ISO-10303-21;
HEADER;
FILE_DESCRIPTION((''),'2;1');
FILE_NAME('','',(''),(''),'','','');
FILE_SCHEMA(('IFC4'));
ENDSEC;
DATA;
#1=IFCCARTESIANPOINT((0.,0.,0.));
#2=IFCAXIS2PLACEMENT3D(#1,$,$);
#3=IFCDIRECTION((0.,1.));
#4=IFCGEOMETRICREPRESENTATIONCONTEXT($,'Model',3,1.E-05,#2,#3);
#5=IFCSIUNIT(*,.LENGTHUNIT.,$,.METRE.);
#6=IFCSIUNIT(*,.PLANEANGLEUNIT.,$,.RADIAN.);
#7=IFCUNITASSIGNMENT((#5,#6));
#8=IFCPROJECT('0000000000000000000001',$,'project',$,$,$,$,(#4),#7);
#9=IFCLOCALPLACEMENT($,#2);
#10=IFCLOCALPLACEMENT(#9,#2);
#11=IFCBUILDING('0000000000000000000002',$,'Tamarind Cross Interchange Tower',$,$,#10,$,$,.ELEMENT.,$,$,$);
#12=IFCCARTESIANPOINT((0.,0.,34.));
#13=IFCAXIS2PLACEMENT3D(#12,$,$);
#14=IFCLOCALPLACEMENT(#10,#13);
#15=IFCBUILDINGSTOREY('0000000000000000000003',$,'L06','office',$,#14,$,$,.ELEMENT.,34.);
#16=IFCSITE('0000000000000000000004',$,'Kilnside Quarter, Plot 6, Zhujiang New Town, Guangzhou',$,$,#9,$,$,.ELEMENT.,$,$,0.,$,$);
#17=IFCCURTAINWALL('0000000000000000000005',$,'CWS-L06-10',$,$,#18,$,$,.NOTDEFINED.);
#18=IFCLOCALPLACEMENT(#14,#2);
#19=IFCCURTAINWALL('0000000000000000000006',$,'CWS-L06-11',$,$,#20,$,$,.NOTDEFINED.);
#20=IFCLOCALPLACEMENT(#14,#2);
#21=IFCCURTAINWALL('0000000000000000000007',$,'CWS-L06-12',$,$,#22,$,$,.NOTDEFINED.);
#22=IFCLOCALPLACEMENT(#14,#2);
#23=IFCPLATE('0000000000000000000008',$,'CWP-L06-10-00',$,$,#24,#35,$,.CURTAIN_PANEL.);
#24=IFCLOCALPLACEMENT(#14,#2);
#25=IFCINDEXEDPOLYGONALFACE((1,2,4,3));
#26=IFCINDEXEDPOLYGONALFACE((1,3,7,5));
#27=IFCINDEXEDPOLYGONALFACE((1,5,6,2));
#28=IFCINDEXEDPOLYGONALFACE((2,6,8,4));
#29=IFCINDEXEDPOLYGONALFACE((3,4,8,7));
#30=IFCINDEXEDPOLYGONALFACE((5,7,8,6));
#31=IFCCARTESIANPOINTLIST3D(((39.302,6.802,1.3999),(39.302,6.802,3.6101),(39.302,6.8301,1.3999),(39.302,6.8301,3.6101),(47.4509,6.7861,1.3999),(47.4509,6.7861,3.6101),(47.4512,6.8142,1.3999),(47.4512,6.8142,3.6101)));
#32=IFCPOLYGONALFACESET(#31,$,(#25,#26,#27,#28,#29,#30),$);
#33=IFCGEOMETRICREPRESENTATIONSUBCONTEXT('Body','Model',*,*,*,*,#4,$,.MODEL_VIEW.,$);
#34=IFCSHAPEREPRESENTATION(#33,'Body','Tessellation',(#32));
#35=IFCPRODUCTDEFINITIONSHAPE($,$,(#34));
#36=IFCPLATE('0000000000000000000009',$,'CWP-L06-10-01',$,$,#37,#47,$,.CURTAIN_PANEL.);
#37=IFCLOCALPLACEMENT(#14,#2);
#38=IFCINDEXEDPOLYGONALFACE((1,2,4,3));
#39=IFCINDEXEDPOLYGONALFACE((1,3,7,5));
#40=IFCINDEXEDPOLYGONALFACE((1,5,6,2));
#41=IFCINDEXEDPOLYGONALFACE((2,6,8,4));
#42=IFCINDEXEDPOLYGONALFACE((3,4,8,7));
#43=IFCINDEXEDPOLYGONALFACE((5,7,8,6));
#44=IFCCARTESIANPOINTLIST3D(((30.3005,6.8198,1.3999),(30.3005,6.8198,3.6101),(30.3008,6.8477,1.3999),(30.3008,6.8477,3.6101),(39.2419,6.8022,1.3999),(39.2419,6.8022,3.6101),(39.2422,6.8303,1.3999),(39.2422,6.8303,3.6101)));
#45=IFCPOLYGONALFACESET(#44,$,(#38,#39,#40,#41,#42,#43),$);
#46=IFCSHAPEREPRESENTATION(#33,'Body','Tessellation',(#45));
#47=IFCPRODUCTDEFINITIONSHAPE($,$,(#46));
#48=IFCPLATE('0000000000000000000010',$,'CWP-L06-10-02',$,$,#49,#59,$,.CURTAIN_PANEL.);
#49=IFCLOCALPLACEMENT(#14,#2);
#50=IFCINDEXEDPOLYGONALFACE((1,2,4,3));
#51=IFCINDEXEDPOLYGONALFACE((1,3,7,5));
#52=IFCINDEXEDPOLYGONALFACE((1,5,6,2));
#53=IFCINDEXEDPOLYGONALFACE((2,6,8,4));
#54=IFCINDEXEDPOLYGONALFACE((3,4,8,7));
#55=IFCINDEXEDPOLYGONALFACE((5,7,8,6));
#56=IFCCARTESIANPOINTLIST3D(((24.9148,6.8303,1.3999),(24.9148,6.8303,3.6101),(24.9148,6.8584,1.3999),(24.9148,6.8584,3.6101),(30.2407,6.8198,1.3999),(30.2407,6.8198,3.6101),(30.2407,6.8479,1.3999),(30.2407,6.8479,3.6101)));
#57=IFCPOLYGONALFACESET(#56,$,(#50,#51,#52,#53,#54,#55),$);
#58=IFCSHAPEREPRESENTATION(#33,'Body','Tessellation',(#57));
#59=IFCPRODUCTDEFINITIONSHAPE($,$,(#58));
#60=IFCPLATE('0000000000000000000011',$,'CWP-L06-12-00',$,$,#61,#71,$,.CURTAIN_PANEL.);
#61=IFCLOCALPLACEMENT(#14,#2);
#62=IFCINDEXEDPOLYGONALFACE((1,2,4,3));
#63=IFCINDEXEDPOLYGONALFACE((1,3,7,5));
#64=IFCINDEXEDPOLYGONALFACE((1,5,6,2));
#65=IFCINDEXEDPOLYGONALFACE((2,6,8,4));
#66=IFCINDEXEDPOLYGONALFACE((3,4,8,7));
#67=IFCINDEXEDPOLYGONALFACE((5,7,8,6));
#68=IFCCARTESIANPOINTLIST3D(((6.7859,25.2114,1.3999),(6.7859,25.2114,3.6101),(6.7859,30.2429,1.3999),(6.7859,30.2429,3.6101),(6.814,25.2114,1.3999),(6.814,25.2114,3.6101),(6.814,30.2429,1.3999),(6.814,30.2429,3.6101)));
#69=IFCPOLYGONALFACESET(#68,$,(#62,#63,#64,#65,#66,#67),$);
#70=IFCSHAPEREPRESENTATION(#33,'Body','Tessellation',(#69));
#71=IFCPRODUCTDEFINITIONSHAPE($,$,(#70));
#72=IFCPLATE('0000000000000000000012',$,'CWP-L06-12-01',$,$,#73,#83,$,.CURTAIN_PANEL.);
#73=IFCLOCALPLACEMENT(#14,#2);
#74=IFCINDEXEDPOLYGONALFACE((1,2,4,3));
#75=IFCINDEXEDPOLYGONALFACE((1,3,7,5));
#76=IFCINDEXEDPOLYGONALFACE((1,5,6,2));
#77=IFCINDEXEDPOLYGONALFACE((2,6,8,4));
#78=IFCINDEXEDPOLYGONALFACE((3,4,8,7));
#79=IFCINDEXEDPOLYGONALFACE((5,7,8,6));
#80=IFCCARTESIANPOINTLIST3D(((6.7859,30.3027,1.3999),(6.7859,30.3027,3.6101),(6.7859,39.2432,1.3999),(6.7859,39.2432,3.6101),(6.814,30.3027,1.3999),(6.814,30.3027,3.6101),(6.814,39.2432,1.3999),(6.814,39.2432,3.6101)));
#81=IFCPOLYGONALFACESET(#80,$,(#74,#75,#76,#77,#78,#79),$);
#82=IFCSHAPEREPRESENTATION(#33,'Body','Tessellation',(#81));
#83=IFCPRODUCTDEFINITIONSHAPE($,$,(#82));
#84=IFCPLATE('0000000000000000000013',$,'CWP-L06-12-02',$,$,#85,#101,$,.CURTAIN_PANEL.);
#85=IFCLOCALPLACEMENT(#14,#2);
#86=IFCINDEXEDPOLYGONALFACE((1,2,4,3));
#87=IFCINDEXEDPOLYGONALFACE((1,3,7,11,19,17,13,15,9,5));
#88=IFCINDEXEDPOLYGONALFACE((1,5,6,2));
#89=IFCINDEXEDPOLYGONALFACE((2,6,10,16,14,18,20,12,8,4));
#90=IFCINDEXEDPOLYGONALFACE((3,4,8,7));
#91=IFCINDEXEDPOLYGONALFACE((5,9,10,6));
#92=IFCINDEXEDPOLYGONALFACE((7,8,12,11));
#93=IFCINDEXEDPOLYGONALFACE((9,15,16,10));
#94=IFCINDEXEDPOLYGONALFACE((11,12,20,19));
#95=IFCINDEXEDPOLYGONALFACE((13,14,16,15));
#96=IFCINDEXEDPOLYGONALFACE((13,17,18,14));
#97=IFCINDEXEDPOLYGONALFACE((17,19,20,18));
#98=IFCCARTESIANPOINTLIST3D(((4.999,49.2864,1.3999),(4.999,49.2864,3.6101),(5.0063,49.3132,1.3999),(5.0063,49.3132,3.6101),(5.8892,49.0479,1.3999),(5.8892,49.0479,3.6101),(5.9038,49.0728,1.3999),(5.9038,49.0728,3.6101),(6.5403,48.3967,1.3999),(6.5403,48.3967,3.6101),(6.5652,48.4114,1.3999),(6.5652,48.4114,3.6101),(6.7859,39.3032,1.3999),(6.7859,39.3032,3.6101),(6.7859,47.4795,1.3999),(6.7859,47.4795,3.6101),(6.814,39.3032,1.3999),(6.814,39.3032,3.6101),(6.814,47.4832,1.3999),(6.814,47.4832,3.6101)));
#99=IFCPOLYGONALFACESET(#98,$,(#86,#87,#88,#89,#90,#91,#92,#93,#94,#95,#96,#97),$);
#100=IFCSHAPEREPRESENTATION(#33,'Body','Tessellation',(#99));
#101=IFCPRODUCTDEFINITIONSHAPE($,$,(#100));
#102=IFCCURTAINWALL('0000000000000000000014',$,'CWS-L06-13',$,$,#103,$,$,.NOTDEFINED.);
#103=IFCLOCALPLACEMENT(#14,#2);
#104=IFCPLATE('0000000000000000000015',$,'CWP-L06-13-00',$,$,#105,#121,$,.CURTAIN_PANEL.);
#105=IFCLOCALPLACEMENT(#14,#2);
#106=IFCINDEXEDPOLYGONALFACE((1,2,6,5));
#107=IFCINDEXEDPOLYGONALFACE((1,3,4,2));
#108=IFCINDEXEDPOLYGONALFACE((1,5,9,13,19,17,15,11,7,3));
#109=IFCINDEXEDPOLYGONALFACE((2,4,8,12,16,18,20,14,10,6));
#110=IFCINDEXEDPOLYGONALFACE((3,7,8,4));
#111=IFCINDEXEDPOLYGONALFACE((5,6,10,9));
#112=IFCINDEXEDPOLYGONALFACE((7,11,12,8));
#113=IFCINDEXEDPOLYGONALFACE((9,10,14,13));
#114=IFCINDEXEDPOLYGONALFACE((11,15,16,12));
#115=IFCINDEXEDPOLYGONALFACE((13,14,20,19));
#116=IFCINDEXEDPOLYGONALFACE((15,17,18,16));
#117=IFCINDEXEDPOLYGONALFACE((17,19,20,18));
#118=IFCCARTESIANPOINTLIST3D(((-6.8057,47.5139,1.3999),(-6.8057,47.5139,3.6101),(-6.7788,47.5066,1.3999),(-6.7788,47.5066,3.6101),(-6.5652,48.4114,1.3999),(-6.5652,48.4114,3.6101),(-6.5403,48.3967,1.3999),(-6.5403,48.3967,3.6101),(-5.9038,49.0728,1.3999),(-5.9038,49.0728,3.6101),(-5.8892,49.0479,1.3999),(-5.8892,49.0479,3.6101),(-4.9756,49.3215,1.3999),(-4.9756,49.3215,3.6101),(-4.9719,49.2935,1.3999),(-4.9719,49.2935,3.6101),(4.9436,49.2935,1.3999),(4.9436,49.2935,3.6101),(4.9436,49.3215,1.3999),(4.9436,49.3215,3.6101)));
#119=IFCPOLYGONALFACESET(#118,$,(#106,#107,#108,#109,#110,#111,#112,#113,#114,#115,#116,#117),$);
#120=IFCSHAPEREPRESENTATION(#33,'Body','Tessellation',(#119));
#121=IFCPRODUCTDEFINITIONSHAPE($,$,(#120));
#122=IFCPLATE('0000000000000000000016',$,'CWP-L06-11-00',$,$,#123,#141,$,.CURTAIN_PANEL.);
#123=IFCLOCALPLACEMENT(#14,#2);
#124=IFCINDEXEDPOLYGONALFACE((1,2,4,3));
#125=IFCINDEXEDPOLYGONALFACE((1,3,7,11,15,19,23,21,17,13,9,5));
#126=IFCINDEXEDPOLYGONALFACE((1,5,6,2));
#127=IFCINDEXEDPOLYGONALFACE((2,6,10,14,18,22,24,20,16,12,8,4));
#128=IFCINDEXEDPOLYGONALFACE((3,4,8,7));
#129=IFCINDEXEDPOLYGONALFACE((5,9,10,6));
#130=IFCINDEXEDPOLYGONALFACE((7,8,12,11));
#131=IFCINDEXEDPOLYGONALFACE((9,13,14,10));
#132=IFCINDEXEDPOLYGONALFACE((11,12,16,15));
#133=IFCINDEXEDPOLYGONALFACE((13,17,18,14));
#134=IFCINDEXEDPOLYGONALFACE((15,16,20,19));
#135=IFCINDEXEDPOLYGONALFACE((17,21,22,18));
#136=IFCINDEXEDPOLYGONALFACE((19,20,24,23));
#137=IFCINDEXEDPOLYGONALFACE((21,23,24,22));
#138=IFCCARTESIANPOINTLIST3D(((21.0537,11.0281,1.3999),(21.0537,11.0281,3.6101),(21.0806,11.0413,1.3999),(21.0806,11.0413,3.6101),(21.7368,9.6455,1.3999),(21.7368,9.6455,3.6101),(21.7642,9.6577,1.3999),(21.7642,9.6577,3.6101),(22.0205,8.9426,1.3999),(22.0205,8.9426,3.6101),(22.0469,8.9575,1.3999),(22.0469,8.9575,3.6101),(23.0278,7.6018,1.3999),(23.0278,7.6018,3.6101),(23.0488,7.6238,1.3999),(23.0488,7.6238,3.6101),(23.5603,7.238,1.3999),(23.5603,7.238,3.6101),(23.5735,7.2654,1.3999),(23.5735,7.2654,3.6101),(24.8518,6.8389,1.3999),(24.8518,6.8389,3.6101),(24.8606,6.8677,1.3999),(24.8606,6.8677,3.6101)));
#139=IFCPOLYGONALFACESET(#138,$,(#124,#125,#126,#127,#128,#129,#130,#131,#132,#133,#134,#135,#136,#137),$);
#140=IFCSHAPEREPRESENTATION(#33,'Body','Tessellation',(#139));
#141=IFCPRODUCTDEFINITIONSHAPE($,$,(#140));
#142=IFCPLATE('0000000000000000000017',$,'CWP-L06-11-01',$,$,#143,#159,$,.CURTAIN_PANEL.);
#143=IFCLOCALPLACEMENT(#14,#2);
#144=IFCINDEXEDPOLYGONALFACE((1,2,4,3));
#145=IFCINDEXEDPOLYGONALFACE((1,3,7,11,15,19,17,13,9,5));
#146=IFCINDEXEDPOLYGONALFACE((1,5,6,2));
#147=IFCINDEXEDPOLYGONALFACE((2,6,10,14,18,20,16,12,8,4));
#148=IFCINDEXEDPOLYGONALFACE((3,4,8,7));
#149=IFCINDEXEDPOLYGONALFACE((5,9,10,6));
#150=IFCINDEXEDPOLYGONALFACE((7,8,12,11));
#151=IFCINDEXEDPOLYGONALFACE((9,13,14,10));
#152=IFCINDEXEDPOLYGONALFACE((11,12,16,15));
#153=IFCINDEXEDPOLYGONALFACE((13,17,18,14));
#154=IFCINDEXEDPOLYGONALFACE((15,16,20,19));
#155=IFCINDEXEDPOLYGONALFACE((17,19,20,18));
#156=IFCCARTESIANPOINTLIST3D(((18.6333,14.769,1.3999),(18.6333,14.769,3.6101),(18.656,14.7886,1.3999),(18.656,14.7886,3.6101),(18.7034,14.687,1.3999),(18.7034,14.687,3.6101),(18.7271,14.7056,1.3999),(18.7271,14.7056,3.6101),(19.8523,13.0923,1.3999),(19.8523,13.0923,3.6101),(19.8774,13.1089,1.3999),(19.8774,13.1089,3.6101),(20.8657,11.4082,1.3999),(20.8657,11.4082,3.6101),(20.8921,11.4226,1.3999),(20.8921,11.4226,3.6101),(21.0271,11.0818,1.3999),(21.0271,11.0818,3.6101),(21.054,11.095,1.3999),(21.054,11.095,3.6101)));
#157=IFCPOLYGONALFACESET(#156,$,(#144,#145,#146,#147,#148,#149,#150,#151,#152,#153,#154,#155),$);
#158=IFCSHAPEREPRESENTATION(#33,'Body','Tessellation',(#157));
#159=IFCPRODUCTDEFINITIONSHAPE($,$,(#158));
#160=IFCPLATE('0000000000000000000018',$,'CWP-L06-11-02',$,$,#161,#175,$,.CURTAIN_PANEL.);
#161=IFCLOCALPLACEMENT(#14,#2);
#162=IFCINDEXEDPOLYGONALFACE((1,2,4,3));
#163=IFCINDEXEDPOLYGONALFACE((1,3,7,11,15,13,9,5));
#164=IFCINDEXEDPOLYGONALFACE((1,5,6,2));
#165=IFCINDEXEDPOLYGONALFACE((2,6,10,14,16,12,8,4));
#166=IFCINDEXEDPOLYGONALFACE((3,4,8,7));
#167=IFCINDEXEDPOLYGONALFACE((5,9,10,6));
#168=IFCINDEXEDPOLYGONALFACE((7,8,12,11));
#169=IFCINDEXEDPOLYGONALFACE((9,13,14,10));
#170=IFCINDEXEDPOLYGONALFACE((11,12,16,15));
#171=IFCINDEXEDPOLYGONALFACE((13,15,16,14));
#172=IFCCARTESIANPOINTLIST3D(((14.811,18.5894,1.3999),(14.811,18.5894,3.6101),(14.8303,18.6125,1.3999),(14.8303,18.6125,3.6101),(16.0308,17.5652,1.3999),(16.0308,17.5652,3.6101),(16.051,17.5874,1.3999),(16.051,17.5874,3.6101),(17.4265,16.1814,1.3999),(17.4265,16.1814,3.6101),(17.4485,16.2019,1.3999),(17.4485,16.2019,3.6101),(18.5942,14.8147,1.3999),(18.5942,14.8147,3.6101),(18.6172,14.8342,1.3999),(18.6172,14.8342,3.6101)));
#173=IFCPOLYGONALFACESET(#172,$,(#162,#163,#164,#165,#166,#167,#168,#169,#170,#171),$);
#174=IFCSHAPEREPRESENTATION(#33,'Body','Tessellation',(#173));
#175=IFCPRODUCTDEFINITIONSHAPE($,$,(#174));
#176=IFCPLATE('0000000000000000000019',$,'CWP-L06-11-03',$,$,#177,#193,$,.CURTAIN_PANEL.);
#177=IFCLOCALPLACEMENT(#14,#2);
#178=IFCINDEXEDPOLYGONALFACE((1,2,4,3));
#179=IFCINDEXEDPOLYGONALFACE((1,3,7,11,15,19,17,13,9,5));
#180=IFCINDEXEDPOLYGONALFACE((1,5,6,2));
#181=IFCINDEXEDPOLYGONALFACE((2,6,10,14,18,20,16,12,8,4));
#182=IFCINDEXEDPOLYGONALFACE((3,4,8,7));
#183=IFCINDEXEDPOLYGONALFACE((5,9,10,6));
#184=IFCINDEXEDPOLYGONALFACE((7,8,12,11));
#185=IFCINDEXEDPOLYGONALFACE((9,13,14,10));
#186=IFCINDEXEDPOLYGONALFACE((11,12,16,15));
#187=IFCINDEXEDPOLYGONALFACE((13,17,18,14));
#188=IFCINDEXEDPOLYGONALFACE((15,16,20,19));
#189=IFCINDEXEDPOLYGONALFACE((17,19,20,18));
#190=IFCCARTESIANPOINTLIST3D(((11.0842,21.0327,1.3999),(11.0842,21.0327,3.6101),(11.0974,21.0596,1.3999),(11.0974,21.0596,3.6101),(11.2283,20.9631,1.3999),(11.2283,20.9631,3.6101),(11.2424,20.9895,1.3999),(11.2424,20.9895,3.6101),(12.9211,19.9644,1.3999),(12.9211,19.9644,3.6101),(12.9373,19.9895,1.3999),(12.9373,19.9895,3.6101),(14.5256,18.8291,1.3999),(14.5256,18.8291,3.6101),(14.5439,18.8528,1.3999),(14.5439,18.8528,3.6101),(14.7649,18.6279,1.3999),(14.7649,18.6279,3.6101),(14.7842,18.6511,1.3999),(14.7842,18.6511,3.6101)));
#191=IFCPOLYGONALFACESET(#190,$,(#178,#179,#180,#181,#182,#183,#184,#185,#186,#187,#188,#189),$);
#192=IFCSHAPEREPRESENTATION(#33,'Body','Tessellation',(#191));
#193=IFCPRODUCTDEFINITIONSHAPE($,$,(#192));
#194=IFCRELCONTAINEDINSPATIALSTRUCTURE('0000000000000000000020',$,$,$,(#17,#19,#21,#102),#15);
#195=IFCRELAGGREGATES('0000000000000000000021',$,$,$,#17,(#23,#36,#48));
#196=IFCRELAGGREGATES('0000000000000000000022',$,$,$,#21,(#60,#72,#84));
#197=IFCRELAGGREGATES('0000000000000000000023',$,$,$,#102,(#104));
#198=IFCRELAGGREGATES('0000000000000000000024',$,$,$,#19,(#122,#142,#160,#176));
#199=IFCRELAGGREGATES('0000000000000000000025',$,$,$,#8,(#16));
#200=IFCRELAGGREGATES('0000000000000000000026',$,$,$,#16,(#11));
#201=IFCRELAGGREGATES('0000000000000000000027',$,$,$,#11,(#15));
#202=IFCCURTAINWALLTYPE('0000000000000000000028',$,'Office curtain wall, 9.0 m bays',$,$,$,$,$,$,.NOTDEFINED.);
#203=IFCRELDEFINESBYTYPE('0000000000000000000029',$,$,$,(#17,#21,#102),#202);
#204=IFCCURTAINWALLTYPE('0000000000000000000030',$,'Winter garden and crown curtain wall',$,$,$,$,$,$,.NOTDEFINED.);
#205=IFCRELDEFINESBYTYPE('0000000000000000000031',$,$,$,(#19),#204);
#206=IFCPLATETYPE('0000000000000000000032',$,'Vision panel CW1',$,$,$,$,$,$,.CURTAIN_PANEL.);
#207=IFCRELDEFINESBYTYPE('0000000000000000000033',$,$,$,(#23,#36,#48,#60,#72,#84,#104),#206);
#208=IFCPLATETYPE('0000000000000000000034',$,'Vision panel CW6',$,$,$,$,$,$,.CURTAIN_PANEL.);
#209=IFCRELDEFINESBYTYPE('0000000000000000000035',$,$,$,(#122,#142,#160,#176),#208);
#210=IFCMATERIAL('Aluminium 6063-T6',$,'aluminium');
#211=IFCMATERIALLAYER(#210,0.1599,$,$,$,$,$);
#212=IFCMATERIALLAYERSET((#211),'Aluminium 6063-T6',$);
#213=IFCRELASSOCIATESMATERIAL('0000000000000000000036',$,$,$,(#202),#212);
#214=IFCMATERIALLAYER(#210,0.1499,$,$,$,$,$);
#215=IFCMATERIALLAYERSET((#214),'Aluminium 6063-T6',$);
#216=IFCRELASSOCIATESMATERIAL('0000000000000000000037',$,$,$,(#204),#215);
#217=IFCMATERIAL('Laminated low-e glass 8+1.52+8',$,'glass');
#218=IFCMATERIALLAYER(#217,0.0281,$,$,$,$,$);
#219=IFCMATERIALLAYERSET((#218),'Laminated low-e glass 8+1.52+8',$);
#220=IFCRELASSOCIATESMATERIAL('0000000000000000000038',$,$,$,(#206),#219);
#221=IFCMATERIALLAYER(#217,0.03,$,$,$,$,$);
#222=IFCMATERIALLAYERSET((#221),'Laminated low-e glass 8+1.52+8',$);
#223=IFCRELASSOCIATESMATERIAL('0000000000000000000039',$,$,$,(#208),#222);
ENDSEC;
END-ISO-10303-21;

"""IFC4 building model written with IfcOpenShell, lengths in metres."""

from ifc_helpers import new_model, si_unit, direction, frame, origin, place, context, subcontext, project, spatial, polyline, outline, extrude, material, layer, layer_set, type_object, element, aggregate, save


model = new_model("IFC4")

# Units and contexts
model_context = context("Model", 3, precision=1e-05, world=origin(), true_north=direction((0.0, 1.0)))
body_context = subcontext(model_context, "Body", "Model", "MODEL_VIEW")
ifc_project = project(units=[si_unit("LENGTHUNIT", "METRE"), si_unit("PLANEANGLEUNIT", "RADIAN")], contexts=[model_context])

# Site, building, storey
site_placement = place(None, origin())
site = spatial("IfcSite", under=ifc_project, at=site_placement, Name="Kilnside Quarter, Plot 6, Zhujiang New Town, Guangzhou", CompositionType="ELEMENT", RefElevation=0.0)
building_placement = place(site_placement, origin())
building = spatial("IfcBuilding", under=site, at=building_placement, Name="Tamarind Cross Interchange Tower", CompositionType="ELEMENT")
storey_placement = place(building_placement, frame((0.0, 0.0, 34.0)))
storey = spatial("IfcBuildingStorey", under=building, at=storey_placement, Name="L06", Description="office", CompositionType="ELEMENT", Elevation=34.0)

# Curtain walls
ifc_material_1 = material(Name="Aluminium 6063-T6", Category="aluminium")
ifc_layer_1 = layer(ifc_material_1, 0.1599)
ifc_layer_set_1 = layer_set([ifc_layer_1], Name="Aluminium 6063-T6")
curtain_wall_type_1 = type_object("IfcCurtainWallType", Name="Office curtain wall, 9.0 m bays", PredefinedType="NOTDEFINED", material=ifc_layer_set_1)
curtain_wall_1_placement = place(storey_placement, origin())
curtain_wall_1 = element("IfcCurtainWall", 1, at=curtain_wall_1_placement, inside=storey, type_object=curtain_wall_type_1, Name="CWS-L06-10", PredefinedType="NOTDEFINED")
ifc_layer_2 = layer(ifc_material_1, 0.1499)
ifc_layer_set_2 = layer_set([ifc_layer_2], Name="Aluminium 6063-T6")
curtain_wall_type_2 = type_object("IfcCurtainWallType", Name="Winter garden and crown curtain wall", PredefinedType="NOTDEFINED", material=ifc_layer_set_2)
curtain_wall_2_placement = place(storey_placement, origin())
curtain_wall_2 = element("IfcCurtainWall", 2, at=curtain_wall_2_placement, inside=storey, type_object=curtain_wall_type_2, Name="CWS-L06-11", PredefinedType="NOTDEFINED")
curtain_wall_3_placement = place(storey_placement, origin())
curtain_wall_3 = element("IfcCurtainWall", 3, at=curtain_wall_3_placement, inside=storey, type_object=curtain_wall_type_1, Name="CWS-L06-12", PredefinedType="NOTDEFINED")

# Plates
ifc_material_2 = material(Name="Laminated low-e glass 8+1.52+8", Category="glass")
ifc_layer_3 = layer(ifc_material_2, 0.0281)
ifc_layer_set_3 = layer_set([ifc_layer_3], Name="Laminated low-e glass 8+1.52+8")
plate_type_1 = type_object("IfcPlateType", Name="Vision panel CW1", PredefinedType="CURTAIN_PANEL", material=ifc_layer_set_3)
plate_1_placement = place(storey_placement, frame((0.0, 0.0, 1.3999)))
plate_1 = element("IfcPlate", 4, at=plate_1_placement, type_object=plate_type_1, Name="CWP-L06-10-00", PredefinedType="CURTAIN_PANEL", context=body_context, shape_type="SweptSolid", body=[
    extrude(outline(polyline([(47.4509, 6.7861), (39.302, 6.802), (39.302, 6.8301), (47.4512, 6.8142), (47.4509, 6.7861)])), origin(), (0.0, 0.0, 1.0), 2.2102),
])
plate_2_placement = place(storey_placement, frame((0.0, 0.0, 1.3999)))
plate_2 = element("IfcPlate", 5, at=plate_2_placement, type_object=plate_type_1, Name="CWP-L06-10-01", PredefinedType="CURTAIN_PANEL", context=body_context, shape_type="SweptSolid", body=[
    extrude(outline(polyline([(39.2419, 6.8022), (30.3005, 6.8198), (30.3008, 6.8477), (39.2422, 6.8303), (39.2419, 6.8022)])), origin(), (0.0, 0.0, 1.0), 2.2102),
])
plate_3_placement = place(storey_placement, frame((0.0, 0.0, 1.3999)))
plate_3 = element("IfcPlate", 6, at=plate_3_placement, type_object=plate_type_1, Name="CWP-L06-10-02", PredefinedType="CURTAIN_PANEL", context=body_context, shape_type="SweptSolid", body=[
    extrude(outline(polyline([(30.2407, 6.8198), (24.9148, 6.8303), (24.9148, 6.8584), (30.2407, 6.8479), (30.2407, 6.8198)])), origin(), (0.0, 0.0, 1.0), 2.2102),
])
aggregate(curtain_wall_1, [plate_1, plate_2, plate_3])
plate_4_placement = place(storey_placement, frame((0.0, 0.0, 1.3999)))
plate_4 = element("IfcPlate", 7, at=plate_4_placement, type_object=plate_type_1, Name="CWP-L06-12-00", PredefinedType="CURTAIN_PANEL", context=body_context, shape_type="SweptSolid", body=[
    extrude(outline(polyline([(6.7859, 25.2114), (6.7859, 30.2429), (6.814, 30.2429), (6.814, 25.2114), (6.7859, 25.2114)])), origin(), (0.0, 0.0, 1.0), 2.2102),
])
plate_5_placement = place(storey_placement, frame((0.0, 0.0, 1.3999)))
plate_5 = element("IfcPlate", 8, at=plate_5_placement, type_object=plate_type_1, Name="CWP-L06-12-01", PredefinedType="CURTAIN_PANEL", context=body_context, shape_type="SweptSolid", body=[
    extrude(outline(polyline([(6.7859, 30.3027), (6.7859, 39.2432), (6.814, 39.2432), (6.814, 30.3027), (6.7859, 30.3027)])), origin(), (0.0, 0.0, 1.0), 2.2102),
])
plate_6_placement = place(storey_placement, frame((0.0, 0.0, 1.3999)))
plate_6 = element("IfcPlate", 9, at=plate_6_placement, type_object=plate_type_1, Name="CWP-L06-12-02", PredefinedType="CURTAIN_PANEL", context=body_context, shape_type="SweptSolid", body=[
    extrude(outline(polyline([(6.7859, 39.3032), (6.7859, 47.4795), (6.5403, 48.3967), (5.8892, 49.0479), (4.999, 49.2864), (5.0063, 49.3132), (5.9038, 49.0728), (6.5652, 48.4114), (6.814, 47.4832), (6.814, 39.3032), (6.7859, 39.3032)])), origin(), (0.0, 0.0, 1.0), 2.2102),
])
aggregate(curtain_wall_3, [plate_4, plate_5, plate_6])

# Curtain wall, plate
curtain_wall_4_placement = place(storey_placement, origin())
curtain_wall_4 = element("IfcCurtainWall", 10, at=curtain_wall_4_placement, inside=storey, type_object=curtain_wall_type_1, Name="CWS-L06-13", PredefinedType="NOTDEFINED")
plate_7_placement = place(storey_placement, frame((0.0, 0.0, 1.3999)))
plate_7 = element("IfcPlate", 11, at=plate_7_placement, type_object=plate_type_1, Name="CWP-L06-13-00", PredefinedType="CURTAIN_PANEL", context=body_context, shape_type="SweptSolid", body=[
    extrude(outline(polyline([(4.9436, 49.2935), (-4.9719, 49.2935), (-5.8892, 49.0479), (-6.5403, 48.3967), (-6.7788, 47.5066), (-6.8057, 47.5139), (-6.5652, 48.4114), (-5.9038, 49.0728), (-4.9756, 49.3215), (4.9436, 49.3215), (4.9436, 49.2935)])), origin(), (0.0, 0.0, 1.0), 2.2102),
])
aggregate(curtain_wall_4, [plate_7])

# Plates
ifc_layer_4 = layer(ifc_material_2, 0.03)
ifc_layer_set_4 = layer_set([ifc_layer_4], Name="Laminated low-e glass 8+1.52+8")
plate_type_2 = type_object("IfcPlateType", Name="Vision panel CW6", PredefinedType="CURTAIN_PANEL", material=ifc_layer_set_4)
plate_8_placement = place(storey_placement, frame((0.0, 0.0, 1.3999)))
plate_8 = element("IfcPlate", 12, at=plate_8_placement, type_object=plate_type_2, Name="CWP-L06-11-00", PredefinedType="CURTAIN_PANEL", context=body_context, shape_type="SweptSolid", body=[
    extrude(outline(polyline([(24.8518, 6.8389), (23.5603, 7.238), (23.0278, 7.6018), (22.0205, 8.9426), (21.7368, 9.6455), (21.0537, 11.0281), (21.0806, 11.0413), (21.7642, 9.6577), (22.0469, 8.9575), (23.0488, 7.6238), (23.5735, 7.2654), (24.8606, 6.8677), (24.8518, 6.8389)])), origin(), (0.0, 0.0, 1.0), 2.2102),
])
plate_9_placement = place(storey_placement, frame((0.0, 0.0, 1.3999)))
plate_9 = element("IfcPlate", 13, at=plate_9_placement, type_object=plate_type_2, Name="CWP-L06-11-01", PredefinedType="CURTAIN_PANEL", context=body_context, shape_type="SweptSolid", body=[
    extrude(outline(polyline([(21.0271, 11.0818), (20.8657, 11.4082), (19.8523, 13.0923), (18.7034, 14.687), (18.6333, 14.769), (18.656, 14.7886), (18.7271, 14.7056), (19.8774, 13.1089), (20.8921, 11.4226), (21.054, 11.095), (21.0271, 11.0818)])), origin(), (0.0, 0.0, 1.0), 2.2102),
])
plate_10_placement = place(storey_placement, frame((0.0, 0.0, 1.3999)))
plate_10 = element("IfcPlate", 14, at=plate_10_placement, type_object=plate_type_2, Name="CWP-L06-11-02", PredefinedType="CURTAIN_PANEL", context=body_context, shape_type="SweptSolid", body=[
    extrude(outline(polyline([(18.5942, 14.8147), (17.4265, 16.1814), (16.0308, 17.5652), (14.811, 18.5894), (14.8303, 18.6125), (16.051, 17.5874), (17.4485, 16.2019), (18.6172, 14.8342), (18.5942, 14.8147)])), origin(), (0.0, 0.0, 1.0), 2.2102),
])
plate_11_placement = place(storey_placement, frame((0.0, 0.0, 1.3999)))
plate_11 = element("IfcPlate", 15, at=plate_11_placement, type_object=plate_type_2, Name="CWP-L06-11-03", PredefinedType="CURTAIN_PANEL", context=body_context, shape_type="SweptSolid", body=[
    extrude(outline(polyline([(14.7649, 18.6279), (14.5256, 18.8291), (12.9211, 19.9644), (11.2283, 20.9631), (11.0842, 21.0327), (11.0974, 21.0596), (11.2424, 20.9895), (12.9373, 19.9895), (14.5439, 18.8528), (14.7842, 18.6511), (14.7649, 18.6279)])), origin(), (0.0, 0.0, 1.0), 2.2102),
])
aggregate(curtain_wall_2, [plate_8, plate_9, plate_10, plate_11])

save(model, "model.ifc")
